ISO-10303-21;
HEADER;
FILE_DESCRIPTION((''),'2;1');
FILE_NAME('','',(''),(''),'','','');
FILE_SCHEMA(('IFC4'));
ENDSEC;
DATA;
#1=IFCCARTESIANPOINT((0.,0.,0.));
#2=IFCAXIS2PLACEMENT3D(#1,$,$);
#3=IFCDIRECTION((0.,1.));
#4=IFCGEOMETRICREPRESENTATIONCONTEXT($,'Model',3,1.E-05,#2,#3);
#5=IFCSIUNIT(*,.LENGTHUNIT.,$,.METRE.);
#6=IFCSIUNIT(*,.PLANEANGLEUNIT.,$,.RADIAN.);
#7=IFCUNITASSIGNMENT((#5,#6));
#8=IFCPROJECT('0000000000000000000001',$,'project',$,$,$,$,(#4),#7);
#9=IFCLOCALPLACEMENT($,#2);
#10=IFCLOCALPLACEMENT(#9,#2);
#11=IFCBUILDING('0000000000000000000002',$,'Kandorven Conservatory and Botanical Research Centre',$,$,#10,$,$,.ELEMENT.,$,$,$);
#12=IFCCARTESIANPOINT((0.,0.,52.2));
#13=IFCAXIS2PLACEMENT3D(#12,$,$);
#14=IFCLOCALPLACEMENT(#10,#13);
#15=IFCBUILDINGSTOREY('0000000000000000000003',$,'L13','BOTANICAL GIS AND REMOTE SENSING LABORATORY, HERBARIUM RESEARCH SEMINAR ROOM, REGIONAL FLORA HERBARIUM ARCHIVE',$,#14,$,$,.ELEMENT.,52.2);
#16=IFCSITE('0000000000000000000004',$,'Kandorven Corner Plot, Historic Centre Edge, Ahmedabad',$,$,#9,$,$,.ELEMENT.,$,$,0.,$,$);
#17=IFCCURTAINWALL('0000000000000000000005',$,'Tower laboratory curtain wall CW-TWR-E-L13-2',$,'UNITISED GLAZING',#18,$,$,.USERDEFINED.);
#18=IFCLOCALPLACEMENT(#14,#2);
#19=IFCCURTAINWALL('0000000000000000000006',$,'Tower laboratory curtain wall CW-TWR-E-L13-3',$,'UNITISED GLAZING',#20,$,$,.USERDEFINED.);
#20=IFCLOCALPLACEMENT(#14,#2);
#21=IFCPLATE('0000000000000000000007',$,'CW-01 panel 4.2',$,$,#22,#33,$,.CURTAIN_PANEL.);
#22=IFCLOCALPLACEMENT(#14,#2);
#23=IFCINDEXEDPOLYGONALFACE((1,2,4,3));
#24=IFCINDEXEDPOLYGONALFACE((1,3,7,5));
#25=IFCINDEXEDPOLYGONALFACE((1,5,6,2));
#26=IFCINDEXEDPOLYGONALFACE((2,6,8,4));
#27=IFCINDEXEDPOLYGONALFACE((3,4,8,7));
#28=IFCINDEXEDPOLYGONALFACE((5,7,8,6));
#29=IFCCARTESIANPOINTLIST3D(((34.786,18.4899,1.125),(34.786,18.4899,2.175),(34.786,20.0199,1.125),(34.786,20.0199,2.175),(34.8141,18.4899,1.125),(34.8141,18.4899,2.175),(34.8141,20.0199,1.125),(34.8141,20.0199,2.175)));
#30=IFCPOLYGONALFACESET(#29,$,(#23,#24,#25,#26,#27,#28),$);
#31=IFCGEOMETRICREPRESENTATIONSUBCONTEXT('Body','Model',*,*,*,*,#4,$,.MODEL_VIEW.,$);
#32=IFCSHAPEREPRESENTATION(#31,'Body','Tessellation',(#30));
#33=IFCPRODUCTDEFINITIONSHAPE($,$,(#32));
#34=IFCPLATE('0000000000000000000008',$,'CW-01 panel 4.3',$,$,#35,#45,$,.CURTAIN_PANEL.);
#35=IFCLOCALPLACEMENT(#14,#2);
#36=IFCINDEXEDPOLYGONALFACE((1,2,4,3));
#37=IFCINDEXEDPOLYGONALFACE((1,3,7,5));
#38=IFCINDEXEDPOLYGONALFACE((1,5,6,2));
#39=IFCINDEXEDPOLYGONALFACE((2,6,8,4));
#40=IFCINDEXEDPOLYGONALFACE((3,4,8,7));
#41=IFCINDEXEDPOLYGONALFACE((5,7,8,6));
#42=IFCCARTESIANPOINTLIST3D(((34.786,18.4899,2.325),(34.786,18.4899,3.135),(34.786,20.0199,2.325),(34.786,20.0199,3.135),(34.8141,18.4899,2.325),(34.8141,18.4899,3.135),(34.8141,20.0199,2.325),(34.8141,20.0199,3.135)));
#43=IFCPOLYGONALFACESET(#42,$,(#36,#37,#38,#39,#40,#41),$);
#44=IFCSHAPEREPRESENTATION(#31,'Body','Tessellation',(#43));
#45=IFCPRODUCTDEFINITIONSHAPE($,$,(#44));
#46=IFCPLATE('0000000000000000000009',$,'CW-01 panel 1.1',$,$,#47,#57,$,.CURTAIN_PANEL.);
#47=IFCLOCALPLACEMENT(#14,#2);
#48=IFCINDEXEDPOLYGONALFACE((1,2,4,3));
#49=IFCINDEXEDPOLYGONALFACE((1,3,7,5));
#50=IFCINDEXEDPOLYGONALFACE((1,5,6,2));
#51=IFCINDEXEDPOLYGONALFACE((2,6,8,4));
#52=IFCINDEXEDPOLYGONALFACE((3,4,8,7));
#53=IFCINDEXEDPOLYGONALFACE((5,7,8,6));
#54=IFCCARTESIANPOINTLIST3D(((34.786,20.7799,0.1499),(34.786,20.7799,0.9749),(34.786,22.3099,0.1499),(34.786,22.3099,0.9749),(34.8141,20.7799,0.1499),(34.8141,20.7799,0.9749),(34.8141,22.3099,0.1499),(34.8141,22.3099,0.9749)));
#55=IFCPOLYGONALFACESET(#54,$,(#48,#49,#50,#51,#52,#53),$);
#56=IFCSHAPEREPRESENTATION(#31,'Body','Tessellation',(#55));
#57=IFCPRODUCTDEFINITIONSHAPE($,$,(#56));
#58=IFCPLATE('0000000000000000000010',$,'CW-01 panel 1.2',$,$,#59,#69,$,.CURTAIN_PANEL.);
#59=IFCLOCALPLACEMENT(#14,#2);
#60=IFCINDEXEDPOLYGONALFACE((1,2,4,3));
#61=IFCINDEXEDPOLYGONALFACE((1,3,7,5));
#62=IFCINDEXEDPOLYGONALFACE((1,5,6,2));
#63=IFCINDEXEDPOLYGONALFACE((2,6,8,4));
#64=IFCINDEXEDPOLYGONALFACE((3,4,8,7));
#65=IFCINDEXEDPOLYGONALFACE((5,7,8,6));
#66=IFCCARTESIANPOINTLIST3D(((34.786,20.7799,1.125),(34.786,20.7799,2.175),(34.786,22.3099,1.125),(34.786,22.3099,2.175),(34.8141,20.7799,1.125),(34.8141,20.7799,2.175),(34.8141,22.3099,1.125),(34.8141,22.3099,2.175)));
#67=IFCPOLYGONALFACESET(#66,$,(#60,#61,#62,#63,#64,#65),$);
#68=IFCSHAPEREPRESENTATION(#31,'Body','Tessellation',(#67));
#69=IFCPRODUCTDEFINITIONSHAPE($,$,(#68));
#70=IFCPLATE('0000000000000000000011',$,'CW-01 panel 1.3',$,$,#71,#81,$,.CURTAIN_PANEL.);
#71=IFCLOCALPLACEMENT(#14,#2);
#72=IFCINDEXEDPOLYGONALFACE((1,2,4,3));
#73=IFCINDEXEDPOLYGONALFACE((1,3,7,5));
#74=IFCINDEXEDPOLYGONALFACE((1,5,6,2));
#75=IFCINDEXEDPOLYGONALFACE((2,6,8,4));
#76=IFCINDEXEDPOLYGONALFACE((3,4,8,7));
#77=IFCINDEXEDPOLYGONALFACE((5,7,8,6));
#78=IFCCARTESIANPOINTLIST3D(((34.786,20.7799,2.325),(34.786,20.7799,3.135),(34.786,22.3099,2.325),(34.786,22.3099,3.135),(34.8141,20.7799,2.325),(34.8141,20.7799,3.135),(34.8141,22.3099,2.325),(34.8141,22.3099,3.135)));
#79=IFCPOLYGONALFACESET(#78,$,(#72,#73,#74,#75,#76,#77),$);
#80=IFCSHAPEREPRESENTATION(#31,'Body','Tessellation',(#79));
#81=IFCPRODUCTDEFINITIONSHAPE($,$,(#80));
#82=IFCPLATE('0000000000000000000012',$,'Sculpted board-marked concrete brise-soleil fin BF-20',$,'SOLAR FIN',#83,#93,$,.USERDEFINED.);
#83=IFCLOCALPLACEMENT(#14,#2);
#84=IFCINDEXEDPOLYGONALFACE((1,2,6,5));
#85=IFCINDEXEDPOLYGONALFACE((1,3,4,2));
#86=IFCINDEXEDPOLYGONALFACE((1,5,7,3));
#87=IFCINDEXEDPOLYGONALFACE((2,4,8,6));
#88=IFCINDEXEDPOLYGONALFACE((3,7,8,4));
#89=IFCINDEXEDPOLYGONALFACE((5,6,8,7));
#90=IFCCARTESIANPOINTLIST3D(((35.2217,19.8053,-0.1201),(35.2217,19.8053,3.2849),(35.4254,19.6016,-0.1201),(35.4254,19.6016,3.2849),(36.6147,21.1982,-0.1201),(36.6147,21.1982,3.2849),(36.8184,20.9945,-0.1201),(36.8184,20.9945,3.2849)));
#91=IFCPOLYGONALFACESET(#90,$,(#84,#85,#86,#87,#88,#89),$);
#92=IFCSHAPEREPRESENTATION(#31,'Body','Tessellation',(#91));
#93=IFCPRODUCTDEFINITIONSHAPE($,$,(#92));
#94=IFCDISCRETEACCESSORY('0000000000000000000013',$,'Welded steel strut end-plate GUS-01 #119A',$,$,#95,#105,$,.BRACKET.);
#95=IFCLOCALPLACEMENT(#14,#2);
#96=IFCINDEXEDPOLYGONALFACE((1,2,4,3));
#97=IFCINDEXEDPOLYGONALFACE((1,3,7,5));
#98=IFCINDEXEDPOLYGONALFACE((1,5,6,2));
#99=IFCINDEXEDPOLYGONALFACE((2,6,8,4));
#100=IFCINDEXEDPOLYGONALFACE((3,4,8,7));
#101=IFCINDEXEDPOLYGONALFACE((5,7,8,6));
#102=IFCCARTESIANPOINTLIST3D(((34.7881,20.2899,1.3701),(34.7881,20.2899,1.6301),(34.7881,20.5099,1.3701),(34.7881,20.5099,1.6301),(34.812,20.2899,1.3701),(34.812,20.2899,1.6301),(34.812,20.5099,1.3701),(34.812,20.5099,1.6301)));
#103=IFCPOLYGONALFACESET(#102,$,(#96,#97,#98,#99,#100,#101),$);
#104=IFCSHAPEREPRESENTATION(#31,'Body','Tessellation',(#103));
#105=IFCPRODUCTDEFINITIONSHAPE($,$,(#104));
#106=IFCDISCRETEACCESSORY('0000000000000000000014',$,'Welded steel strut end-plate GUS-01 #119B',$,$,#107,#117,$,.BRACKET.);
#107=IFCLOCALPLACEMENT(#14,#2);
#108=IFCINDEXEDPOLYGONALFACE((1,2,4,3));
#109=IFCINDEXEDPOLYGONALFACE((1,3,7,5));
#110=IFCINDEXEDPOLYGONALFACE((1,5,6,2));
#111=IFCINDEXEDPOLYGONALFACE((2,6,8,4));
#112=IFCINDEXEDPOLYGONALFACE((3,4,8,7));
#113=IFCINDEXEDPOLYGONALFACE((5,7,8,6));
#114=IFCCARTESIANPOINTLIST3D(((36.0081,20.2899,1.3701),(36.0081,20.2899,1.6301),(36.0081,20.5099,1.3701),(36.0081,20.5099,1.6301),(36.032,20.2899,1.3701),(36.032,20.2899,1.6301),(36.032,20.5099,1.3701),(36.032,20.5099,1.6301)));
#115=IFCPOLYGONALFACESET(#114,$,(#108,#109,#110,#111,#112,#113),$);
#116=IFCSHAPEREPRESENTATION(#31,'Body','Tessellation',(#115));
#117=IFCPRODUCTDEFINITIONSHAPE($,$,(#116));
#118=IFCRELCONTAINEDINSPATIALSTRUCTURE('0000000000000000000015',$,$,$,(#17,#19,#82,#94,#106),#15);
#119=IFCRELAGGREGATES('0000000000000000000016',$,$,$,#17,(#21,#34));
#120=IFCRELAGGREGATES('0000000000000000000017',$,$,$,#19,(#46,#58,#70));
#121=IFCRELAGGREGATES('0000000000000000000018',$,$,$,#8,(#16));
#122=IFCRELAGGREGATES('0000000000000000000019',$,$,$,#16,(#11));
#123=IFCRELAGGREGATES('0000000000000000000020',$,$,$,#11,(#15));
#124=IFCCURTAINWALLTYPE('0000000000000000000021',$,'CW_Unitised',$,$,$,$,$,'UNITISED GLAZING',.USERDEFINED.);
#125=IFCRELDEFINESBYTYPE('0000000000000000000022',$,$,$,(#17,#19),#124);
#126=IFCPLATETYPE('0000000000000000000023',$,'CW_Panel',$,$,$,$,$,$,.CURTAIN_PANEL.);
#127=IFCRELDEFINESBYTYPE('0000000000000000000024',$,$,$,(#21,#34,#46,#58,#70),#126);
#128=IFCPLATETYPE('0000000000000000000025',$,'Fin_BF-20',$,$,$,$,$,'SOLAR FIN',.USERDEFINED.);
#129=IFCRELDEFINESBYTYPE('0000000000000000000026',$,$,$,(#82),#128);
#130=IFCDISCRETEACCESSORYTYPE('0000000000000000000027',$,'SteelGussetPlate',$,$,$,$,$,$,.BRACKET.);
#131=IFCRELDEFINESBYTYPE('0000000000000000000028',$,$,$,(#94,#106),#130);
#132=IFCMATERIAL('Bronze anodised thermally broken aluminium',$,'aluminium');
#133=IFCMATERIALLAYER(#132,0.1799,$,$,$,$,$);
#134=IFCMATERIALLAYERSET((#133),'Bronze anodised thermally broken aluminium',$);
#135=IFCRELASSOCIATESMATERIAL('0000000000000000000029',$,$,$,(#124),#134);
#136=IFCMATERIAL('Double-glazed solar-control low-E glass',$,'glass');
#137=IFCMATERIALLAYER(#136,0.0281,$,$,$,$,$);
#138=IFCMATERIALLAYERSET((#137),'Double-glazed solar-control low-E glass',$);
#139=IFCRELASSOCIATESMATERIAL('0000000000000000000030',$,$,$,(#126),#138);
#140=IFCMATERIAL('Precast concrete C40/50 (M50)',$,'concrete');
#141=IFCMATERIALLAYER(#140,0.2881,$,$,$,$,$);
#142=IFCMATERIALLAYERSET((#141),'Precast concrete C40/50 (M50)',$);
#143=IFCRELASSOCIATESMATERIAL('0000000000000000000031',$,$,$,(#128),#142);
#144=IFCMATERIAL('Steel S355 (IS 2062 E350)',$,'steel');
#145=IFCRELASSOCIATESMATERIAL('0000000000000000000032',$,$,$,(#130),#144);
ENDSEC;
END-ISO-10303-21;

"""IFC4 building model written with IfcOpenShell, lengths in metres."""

from ifc_helpers import new_model, si_unit, direction, frame, origin, origin_2d, place, context, subcontext, project, spatial, rectangle, extrude, material, layer, layer_set, type_object, element, aggregate, save


model = new_model("IFC4")

# Units and contexts
model_context = context("Model", 3, precision=1e-05, world=origin(), true_north=direction((0.0, 1.0)))
body_context = subcontext(model_context, "Body", "Model", "MODEL_VIEW")
ifc_project = project(units=[si_unit("LENGTHUNIT", "METRE"), si_unit("PLANEANGLEUNIT", "RADIAN")], contexts=[model_context])

# Site, building, storey
site_placement = place(None, origin())
site = spatial("IfcSite", under=ifc_project, at=site_placement, Name="Kandorven Corner Plot, Historic Centre Edge, Ahmedabad", CompositionType="ELEMENT", RefElevation=0.0)
building_placement = place(site_placement, origin())
building = spatial("IfcBuilding", under=site, at=building_placement, Name="Kandorven Conservatory and Botanical Research Centre", CompositionType="ELEMENT")
storey_placement = place(building_placement, frame((0.0, 0.0, 52.2)))
storey = spatial("IfcBuildingStorey", under=building, at=storey_placement, Name="L13", Description="BOTANICAL GIS AND REMOTE SENSING LABORATORY, HERBARIUM RESEARCH SEMINAR ROOM, REGIONAL FLORA HERBARIUM ARCHIVE", CompositionType="ELEMENT", Elevation=52.2)

# Curtain walls
ifc_material_1 = material(Name="Bronze anodised thermally broken aluminium", Category="aluminium")
ifc_layer_1 = layer(ifc_material_1, 0.1799)
ifc_layer_set_1 = layer_set([ifc_layer_1], Name="Bronze anodised thermally broken aluminium")
curtain_wall_type = type_object("IfcCurtainWallType", Name="CW_Unitised", ElementType="UNITISED GLAZING", PredefinedType="USERDEFINED", material=ifc_layer_set_1)
curtain_wall_1_placement = place(storey_placement, origin())
curtain_wall_1 = element("IfcCurtainWall", 1, at=curtain_wall_1_placement, inside=storey, type_object=curtain_wall_type, Name="Tower laboratory curtain wall CW-TWR-E-L13-2", ObjectType="UNITISED GLAZING", PredefinedType="USERDEFINED")
curtain_wall_2_placement = place(storey_placement, origin())
curtain_wall_2 = element("IfcCurtainWall", 2, at=curtain_wall_2_placement, inside=storey, type_object=curtain_wall_type, Name="Tower laboratory curtain wall CW-TWR-E-L13-3", ObjectType="UNITISED GLAZING", PredefinedType="USERDEFINED")

# Plates
ifc_material_2 = material(Name="Double-glazed solar-control low-E glass", Category="glass")
ifc_layer_2 = layer(ifc_material_2, 0.0281)
ifc_layer_set_2 = layer_set([ifc_layer_2], Name="Double-glazed solar-control low-E glass")
plate_type_1 = type_object("IfcPlateType", Name="CW_Panel", PredefinedType="CURTAIN_PANEL", material=ifc_layer_set_2)
plate_1_placement = place(storey_placement, frame((34.8, 19.2549, 1.125), z_axis=(0.0, 0.0, 1.0), x_axis=(0.0, 1.0, 0.0)))
plate_1 = element("IfcPlate", 3, at=plate_1_placement, type_object=plate_type_1, Name="CW-01 panel 4.2", PredefinedType="CURTAIN_PANEL", context=body_context, shape_type="SweptSolid", body=[
    extrude(rectangle(XDim=1.53, YDim=0.0281, at=origin_2d()), origin(), (0.0, 0.0, 1.0), 1.05),
])
plate_2_placement = place(storey_placement, frame((34.8, 19.2549, 2.325), z_axis=(0.0, 0.0, 1.0), x_axis=(0.0, 1.0, 0.0)))
plate_2 = element("IfcPlate", 4, at=plate_2_placement, type_object=plate_type_1, Name="CW-01 panel 4.3", PredefinedType="CURTAIN_PANEL", context=body_context, shape_type="SweptSolid", body=[
    extrude(rectangle(XDim=1.53, YDim=0.0281, at=origin_2d()), origin(), (0.0, 0.0, 1.0), 0.8101),
])
aggregate(curtain_wall_1, [plate_1, plate_2])
plate_3_placement = place(storey_placement, frame((34.8, 21.5449, 0.1499), z_axis=(0.0, 0.0, 1.0), x_axis=(0.0, 1.0, 0.0)))
plate_3 = element("IfcPlate", 5, at=plate_3_placement, type_object=plate_type_1, Name="CW-01 panel 1.1", PredefinedType="CURTAIN_PANEL", context=body_context, shape_type="SweptSolid", body=[
    extrude(rectangle(XDim=1.53, YDim=0.0281, at=origin_2d()), origin(), (0.0, 0.0, 1.0), 0.825),
])
plate_4_placement = place(storey_placement, frame((34.8, 21.5449, 1.125), z_axis=(0.0, 0.0, 1.0), x_axis=(0.0, 1.0, 0.0)))
plate_4 = element("IfcPlate", 6, at=plate_4_placement, type_object=plate_type_1, Name="CW-01 panel 1.2", PredefinedType="CURTAIN_PANEL", context=body_context, shape_type="SweptSolid", body=[
    extrude(rectangle(XDim=1.53, YDim=0.0281, at=origin_2d()), origin(), (0.0, 0.0, 1.0), 1.05),
])
plate_5_placement = place(storey_placement, frame((34.8, 21.5449, 2.325), z_axis=(0.0, 0.0, 1.0), x_axis=(0.0, 1.0, 0.0)))
plate_5 = element("IfcPlate", 7, at=plate_5_placement, type_object=plate_type_1, Name="CW-01 panel 1.3", PredefinedType="CURTAIN_PANEL", context=body_context, shape_type="SweptSolid", body=[
    extrude(rectangle(XDim=1.53, YDim=0.0281, at=origin_2d()), origin(), (0.0, 0.0, 1.0), 0.8101),
])
aggregate(curtain_wall_2, [plate_3, plate_4, plate_5])
ifc_material_3 = material(Name="Precast concrete C40/50 (M50)", Category="concrete")
ifc_layer_3 = layer(ifc_material_3, 0.2881)
ifc_layer_set_3 = layer_set([ifc_layer_3], Name="Precast concrete C40/50 (M50)")
plate_type_2 = type_object("IfcPlateType", Name="Fin_BF-20", ElementType="SOLAR FIN", PredefinedType="USERDEFINED", material=ifc_layer_set_3)
plate_6_placement = place(storey_placement, frame((36.02, 20.3999, -0.1201), z_axis=(0.0, 0.0, 1.0), x_axis=(0.707107, 0.707107, 0.0)))
element("IfcPlate", 8, at=plate_6_placement, inside=storey, type_object=plate_type_2, Name="Sculpted board-marked concrete brise-soleil fin BF-20", ObjectType="SOLAR FIN", PredefinedType="USERDEFINED", context=body_context, shape_type="SweptSolid", body=[
    extrude(rectangle(XDim=1.97, YDim=0.2881, at=origin_2d()), origin(), (0.0, 0.0, 1.0), 3.405),
])

# Discrete accessories
ifc_material_4 = material(Name="Steel S355 (IS 2062 E350)", Category="steel")
discrete_accessory_type = type_object("IfcDiscreteAccessoryType", Name="SteelGussetPlate", PredefinedType="BRACKET", material=ifc_material_4)
for number, where, z_axis, x_axis, name in (
    (9, (34.8, 20.3999, 1.3701), (0.0, 0.0, 1.0), (1.0, 0.0, 0.0), "Welded steel strut end-plate GUS-01 #119A"),
    (10, (36.02, 20.3999, 1.3701), (0.0, 0.0, 1.0), (1.0, 0.0, 0.0), "Welded steel strut end-plate GUS-01 #119B"),
):
    element("IfcDiscreteAccessory", number, at=place(storey_placement, frame(where, z_axis=z_axis, x_axis=x_axis)), inside=storey, type_object=discrete_accessory_type, Name=name, PredefinedType="BRACKET", context=body_context, shape_type="SweptSolid", body=[
        extrude(rectangle(XDim=0.0239, YDim=0.22, at=origin_2d()), origin(), (0.0, 0.0, 1.0), 0.26),
    ])

save(model, "model.ifc")
